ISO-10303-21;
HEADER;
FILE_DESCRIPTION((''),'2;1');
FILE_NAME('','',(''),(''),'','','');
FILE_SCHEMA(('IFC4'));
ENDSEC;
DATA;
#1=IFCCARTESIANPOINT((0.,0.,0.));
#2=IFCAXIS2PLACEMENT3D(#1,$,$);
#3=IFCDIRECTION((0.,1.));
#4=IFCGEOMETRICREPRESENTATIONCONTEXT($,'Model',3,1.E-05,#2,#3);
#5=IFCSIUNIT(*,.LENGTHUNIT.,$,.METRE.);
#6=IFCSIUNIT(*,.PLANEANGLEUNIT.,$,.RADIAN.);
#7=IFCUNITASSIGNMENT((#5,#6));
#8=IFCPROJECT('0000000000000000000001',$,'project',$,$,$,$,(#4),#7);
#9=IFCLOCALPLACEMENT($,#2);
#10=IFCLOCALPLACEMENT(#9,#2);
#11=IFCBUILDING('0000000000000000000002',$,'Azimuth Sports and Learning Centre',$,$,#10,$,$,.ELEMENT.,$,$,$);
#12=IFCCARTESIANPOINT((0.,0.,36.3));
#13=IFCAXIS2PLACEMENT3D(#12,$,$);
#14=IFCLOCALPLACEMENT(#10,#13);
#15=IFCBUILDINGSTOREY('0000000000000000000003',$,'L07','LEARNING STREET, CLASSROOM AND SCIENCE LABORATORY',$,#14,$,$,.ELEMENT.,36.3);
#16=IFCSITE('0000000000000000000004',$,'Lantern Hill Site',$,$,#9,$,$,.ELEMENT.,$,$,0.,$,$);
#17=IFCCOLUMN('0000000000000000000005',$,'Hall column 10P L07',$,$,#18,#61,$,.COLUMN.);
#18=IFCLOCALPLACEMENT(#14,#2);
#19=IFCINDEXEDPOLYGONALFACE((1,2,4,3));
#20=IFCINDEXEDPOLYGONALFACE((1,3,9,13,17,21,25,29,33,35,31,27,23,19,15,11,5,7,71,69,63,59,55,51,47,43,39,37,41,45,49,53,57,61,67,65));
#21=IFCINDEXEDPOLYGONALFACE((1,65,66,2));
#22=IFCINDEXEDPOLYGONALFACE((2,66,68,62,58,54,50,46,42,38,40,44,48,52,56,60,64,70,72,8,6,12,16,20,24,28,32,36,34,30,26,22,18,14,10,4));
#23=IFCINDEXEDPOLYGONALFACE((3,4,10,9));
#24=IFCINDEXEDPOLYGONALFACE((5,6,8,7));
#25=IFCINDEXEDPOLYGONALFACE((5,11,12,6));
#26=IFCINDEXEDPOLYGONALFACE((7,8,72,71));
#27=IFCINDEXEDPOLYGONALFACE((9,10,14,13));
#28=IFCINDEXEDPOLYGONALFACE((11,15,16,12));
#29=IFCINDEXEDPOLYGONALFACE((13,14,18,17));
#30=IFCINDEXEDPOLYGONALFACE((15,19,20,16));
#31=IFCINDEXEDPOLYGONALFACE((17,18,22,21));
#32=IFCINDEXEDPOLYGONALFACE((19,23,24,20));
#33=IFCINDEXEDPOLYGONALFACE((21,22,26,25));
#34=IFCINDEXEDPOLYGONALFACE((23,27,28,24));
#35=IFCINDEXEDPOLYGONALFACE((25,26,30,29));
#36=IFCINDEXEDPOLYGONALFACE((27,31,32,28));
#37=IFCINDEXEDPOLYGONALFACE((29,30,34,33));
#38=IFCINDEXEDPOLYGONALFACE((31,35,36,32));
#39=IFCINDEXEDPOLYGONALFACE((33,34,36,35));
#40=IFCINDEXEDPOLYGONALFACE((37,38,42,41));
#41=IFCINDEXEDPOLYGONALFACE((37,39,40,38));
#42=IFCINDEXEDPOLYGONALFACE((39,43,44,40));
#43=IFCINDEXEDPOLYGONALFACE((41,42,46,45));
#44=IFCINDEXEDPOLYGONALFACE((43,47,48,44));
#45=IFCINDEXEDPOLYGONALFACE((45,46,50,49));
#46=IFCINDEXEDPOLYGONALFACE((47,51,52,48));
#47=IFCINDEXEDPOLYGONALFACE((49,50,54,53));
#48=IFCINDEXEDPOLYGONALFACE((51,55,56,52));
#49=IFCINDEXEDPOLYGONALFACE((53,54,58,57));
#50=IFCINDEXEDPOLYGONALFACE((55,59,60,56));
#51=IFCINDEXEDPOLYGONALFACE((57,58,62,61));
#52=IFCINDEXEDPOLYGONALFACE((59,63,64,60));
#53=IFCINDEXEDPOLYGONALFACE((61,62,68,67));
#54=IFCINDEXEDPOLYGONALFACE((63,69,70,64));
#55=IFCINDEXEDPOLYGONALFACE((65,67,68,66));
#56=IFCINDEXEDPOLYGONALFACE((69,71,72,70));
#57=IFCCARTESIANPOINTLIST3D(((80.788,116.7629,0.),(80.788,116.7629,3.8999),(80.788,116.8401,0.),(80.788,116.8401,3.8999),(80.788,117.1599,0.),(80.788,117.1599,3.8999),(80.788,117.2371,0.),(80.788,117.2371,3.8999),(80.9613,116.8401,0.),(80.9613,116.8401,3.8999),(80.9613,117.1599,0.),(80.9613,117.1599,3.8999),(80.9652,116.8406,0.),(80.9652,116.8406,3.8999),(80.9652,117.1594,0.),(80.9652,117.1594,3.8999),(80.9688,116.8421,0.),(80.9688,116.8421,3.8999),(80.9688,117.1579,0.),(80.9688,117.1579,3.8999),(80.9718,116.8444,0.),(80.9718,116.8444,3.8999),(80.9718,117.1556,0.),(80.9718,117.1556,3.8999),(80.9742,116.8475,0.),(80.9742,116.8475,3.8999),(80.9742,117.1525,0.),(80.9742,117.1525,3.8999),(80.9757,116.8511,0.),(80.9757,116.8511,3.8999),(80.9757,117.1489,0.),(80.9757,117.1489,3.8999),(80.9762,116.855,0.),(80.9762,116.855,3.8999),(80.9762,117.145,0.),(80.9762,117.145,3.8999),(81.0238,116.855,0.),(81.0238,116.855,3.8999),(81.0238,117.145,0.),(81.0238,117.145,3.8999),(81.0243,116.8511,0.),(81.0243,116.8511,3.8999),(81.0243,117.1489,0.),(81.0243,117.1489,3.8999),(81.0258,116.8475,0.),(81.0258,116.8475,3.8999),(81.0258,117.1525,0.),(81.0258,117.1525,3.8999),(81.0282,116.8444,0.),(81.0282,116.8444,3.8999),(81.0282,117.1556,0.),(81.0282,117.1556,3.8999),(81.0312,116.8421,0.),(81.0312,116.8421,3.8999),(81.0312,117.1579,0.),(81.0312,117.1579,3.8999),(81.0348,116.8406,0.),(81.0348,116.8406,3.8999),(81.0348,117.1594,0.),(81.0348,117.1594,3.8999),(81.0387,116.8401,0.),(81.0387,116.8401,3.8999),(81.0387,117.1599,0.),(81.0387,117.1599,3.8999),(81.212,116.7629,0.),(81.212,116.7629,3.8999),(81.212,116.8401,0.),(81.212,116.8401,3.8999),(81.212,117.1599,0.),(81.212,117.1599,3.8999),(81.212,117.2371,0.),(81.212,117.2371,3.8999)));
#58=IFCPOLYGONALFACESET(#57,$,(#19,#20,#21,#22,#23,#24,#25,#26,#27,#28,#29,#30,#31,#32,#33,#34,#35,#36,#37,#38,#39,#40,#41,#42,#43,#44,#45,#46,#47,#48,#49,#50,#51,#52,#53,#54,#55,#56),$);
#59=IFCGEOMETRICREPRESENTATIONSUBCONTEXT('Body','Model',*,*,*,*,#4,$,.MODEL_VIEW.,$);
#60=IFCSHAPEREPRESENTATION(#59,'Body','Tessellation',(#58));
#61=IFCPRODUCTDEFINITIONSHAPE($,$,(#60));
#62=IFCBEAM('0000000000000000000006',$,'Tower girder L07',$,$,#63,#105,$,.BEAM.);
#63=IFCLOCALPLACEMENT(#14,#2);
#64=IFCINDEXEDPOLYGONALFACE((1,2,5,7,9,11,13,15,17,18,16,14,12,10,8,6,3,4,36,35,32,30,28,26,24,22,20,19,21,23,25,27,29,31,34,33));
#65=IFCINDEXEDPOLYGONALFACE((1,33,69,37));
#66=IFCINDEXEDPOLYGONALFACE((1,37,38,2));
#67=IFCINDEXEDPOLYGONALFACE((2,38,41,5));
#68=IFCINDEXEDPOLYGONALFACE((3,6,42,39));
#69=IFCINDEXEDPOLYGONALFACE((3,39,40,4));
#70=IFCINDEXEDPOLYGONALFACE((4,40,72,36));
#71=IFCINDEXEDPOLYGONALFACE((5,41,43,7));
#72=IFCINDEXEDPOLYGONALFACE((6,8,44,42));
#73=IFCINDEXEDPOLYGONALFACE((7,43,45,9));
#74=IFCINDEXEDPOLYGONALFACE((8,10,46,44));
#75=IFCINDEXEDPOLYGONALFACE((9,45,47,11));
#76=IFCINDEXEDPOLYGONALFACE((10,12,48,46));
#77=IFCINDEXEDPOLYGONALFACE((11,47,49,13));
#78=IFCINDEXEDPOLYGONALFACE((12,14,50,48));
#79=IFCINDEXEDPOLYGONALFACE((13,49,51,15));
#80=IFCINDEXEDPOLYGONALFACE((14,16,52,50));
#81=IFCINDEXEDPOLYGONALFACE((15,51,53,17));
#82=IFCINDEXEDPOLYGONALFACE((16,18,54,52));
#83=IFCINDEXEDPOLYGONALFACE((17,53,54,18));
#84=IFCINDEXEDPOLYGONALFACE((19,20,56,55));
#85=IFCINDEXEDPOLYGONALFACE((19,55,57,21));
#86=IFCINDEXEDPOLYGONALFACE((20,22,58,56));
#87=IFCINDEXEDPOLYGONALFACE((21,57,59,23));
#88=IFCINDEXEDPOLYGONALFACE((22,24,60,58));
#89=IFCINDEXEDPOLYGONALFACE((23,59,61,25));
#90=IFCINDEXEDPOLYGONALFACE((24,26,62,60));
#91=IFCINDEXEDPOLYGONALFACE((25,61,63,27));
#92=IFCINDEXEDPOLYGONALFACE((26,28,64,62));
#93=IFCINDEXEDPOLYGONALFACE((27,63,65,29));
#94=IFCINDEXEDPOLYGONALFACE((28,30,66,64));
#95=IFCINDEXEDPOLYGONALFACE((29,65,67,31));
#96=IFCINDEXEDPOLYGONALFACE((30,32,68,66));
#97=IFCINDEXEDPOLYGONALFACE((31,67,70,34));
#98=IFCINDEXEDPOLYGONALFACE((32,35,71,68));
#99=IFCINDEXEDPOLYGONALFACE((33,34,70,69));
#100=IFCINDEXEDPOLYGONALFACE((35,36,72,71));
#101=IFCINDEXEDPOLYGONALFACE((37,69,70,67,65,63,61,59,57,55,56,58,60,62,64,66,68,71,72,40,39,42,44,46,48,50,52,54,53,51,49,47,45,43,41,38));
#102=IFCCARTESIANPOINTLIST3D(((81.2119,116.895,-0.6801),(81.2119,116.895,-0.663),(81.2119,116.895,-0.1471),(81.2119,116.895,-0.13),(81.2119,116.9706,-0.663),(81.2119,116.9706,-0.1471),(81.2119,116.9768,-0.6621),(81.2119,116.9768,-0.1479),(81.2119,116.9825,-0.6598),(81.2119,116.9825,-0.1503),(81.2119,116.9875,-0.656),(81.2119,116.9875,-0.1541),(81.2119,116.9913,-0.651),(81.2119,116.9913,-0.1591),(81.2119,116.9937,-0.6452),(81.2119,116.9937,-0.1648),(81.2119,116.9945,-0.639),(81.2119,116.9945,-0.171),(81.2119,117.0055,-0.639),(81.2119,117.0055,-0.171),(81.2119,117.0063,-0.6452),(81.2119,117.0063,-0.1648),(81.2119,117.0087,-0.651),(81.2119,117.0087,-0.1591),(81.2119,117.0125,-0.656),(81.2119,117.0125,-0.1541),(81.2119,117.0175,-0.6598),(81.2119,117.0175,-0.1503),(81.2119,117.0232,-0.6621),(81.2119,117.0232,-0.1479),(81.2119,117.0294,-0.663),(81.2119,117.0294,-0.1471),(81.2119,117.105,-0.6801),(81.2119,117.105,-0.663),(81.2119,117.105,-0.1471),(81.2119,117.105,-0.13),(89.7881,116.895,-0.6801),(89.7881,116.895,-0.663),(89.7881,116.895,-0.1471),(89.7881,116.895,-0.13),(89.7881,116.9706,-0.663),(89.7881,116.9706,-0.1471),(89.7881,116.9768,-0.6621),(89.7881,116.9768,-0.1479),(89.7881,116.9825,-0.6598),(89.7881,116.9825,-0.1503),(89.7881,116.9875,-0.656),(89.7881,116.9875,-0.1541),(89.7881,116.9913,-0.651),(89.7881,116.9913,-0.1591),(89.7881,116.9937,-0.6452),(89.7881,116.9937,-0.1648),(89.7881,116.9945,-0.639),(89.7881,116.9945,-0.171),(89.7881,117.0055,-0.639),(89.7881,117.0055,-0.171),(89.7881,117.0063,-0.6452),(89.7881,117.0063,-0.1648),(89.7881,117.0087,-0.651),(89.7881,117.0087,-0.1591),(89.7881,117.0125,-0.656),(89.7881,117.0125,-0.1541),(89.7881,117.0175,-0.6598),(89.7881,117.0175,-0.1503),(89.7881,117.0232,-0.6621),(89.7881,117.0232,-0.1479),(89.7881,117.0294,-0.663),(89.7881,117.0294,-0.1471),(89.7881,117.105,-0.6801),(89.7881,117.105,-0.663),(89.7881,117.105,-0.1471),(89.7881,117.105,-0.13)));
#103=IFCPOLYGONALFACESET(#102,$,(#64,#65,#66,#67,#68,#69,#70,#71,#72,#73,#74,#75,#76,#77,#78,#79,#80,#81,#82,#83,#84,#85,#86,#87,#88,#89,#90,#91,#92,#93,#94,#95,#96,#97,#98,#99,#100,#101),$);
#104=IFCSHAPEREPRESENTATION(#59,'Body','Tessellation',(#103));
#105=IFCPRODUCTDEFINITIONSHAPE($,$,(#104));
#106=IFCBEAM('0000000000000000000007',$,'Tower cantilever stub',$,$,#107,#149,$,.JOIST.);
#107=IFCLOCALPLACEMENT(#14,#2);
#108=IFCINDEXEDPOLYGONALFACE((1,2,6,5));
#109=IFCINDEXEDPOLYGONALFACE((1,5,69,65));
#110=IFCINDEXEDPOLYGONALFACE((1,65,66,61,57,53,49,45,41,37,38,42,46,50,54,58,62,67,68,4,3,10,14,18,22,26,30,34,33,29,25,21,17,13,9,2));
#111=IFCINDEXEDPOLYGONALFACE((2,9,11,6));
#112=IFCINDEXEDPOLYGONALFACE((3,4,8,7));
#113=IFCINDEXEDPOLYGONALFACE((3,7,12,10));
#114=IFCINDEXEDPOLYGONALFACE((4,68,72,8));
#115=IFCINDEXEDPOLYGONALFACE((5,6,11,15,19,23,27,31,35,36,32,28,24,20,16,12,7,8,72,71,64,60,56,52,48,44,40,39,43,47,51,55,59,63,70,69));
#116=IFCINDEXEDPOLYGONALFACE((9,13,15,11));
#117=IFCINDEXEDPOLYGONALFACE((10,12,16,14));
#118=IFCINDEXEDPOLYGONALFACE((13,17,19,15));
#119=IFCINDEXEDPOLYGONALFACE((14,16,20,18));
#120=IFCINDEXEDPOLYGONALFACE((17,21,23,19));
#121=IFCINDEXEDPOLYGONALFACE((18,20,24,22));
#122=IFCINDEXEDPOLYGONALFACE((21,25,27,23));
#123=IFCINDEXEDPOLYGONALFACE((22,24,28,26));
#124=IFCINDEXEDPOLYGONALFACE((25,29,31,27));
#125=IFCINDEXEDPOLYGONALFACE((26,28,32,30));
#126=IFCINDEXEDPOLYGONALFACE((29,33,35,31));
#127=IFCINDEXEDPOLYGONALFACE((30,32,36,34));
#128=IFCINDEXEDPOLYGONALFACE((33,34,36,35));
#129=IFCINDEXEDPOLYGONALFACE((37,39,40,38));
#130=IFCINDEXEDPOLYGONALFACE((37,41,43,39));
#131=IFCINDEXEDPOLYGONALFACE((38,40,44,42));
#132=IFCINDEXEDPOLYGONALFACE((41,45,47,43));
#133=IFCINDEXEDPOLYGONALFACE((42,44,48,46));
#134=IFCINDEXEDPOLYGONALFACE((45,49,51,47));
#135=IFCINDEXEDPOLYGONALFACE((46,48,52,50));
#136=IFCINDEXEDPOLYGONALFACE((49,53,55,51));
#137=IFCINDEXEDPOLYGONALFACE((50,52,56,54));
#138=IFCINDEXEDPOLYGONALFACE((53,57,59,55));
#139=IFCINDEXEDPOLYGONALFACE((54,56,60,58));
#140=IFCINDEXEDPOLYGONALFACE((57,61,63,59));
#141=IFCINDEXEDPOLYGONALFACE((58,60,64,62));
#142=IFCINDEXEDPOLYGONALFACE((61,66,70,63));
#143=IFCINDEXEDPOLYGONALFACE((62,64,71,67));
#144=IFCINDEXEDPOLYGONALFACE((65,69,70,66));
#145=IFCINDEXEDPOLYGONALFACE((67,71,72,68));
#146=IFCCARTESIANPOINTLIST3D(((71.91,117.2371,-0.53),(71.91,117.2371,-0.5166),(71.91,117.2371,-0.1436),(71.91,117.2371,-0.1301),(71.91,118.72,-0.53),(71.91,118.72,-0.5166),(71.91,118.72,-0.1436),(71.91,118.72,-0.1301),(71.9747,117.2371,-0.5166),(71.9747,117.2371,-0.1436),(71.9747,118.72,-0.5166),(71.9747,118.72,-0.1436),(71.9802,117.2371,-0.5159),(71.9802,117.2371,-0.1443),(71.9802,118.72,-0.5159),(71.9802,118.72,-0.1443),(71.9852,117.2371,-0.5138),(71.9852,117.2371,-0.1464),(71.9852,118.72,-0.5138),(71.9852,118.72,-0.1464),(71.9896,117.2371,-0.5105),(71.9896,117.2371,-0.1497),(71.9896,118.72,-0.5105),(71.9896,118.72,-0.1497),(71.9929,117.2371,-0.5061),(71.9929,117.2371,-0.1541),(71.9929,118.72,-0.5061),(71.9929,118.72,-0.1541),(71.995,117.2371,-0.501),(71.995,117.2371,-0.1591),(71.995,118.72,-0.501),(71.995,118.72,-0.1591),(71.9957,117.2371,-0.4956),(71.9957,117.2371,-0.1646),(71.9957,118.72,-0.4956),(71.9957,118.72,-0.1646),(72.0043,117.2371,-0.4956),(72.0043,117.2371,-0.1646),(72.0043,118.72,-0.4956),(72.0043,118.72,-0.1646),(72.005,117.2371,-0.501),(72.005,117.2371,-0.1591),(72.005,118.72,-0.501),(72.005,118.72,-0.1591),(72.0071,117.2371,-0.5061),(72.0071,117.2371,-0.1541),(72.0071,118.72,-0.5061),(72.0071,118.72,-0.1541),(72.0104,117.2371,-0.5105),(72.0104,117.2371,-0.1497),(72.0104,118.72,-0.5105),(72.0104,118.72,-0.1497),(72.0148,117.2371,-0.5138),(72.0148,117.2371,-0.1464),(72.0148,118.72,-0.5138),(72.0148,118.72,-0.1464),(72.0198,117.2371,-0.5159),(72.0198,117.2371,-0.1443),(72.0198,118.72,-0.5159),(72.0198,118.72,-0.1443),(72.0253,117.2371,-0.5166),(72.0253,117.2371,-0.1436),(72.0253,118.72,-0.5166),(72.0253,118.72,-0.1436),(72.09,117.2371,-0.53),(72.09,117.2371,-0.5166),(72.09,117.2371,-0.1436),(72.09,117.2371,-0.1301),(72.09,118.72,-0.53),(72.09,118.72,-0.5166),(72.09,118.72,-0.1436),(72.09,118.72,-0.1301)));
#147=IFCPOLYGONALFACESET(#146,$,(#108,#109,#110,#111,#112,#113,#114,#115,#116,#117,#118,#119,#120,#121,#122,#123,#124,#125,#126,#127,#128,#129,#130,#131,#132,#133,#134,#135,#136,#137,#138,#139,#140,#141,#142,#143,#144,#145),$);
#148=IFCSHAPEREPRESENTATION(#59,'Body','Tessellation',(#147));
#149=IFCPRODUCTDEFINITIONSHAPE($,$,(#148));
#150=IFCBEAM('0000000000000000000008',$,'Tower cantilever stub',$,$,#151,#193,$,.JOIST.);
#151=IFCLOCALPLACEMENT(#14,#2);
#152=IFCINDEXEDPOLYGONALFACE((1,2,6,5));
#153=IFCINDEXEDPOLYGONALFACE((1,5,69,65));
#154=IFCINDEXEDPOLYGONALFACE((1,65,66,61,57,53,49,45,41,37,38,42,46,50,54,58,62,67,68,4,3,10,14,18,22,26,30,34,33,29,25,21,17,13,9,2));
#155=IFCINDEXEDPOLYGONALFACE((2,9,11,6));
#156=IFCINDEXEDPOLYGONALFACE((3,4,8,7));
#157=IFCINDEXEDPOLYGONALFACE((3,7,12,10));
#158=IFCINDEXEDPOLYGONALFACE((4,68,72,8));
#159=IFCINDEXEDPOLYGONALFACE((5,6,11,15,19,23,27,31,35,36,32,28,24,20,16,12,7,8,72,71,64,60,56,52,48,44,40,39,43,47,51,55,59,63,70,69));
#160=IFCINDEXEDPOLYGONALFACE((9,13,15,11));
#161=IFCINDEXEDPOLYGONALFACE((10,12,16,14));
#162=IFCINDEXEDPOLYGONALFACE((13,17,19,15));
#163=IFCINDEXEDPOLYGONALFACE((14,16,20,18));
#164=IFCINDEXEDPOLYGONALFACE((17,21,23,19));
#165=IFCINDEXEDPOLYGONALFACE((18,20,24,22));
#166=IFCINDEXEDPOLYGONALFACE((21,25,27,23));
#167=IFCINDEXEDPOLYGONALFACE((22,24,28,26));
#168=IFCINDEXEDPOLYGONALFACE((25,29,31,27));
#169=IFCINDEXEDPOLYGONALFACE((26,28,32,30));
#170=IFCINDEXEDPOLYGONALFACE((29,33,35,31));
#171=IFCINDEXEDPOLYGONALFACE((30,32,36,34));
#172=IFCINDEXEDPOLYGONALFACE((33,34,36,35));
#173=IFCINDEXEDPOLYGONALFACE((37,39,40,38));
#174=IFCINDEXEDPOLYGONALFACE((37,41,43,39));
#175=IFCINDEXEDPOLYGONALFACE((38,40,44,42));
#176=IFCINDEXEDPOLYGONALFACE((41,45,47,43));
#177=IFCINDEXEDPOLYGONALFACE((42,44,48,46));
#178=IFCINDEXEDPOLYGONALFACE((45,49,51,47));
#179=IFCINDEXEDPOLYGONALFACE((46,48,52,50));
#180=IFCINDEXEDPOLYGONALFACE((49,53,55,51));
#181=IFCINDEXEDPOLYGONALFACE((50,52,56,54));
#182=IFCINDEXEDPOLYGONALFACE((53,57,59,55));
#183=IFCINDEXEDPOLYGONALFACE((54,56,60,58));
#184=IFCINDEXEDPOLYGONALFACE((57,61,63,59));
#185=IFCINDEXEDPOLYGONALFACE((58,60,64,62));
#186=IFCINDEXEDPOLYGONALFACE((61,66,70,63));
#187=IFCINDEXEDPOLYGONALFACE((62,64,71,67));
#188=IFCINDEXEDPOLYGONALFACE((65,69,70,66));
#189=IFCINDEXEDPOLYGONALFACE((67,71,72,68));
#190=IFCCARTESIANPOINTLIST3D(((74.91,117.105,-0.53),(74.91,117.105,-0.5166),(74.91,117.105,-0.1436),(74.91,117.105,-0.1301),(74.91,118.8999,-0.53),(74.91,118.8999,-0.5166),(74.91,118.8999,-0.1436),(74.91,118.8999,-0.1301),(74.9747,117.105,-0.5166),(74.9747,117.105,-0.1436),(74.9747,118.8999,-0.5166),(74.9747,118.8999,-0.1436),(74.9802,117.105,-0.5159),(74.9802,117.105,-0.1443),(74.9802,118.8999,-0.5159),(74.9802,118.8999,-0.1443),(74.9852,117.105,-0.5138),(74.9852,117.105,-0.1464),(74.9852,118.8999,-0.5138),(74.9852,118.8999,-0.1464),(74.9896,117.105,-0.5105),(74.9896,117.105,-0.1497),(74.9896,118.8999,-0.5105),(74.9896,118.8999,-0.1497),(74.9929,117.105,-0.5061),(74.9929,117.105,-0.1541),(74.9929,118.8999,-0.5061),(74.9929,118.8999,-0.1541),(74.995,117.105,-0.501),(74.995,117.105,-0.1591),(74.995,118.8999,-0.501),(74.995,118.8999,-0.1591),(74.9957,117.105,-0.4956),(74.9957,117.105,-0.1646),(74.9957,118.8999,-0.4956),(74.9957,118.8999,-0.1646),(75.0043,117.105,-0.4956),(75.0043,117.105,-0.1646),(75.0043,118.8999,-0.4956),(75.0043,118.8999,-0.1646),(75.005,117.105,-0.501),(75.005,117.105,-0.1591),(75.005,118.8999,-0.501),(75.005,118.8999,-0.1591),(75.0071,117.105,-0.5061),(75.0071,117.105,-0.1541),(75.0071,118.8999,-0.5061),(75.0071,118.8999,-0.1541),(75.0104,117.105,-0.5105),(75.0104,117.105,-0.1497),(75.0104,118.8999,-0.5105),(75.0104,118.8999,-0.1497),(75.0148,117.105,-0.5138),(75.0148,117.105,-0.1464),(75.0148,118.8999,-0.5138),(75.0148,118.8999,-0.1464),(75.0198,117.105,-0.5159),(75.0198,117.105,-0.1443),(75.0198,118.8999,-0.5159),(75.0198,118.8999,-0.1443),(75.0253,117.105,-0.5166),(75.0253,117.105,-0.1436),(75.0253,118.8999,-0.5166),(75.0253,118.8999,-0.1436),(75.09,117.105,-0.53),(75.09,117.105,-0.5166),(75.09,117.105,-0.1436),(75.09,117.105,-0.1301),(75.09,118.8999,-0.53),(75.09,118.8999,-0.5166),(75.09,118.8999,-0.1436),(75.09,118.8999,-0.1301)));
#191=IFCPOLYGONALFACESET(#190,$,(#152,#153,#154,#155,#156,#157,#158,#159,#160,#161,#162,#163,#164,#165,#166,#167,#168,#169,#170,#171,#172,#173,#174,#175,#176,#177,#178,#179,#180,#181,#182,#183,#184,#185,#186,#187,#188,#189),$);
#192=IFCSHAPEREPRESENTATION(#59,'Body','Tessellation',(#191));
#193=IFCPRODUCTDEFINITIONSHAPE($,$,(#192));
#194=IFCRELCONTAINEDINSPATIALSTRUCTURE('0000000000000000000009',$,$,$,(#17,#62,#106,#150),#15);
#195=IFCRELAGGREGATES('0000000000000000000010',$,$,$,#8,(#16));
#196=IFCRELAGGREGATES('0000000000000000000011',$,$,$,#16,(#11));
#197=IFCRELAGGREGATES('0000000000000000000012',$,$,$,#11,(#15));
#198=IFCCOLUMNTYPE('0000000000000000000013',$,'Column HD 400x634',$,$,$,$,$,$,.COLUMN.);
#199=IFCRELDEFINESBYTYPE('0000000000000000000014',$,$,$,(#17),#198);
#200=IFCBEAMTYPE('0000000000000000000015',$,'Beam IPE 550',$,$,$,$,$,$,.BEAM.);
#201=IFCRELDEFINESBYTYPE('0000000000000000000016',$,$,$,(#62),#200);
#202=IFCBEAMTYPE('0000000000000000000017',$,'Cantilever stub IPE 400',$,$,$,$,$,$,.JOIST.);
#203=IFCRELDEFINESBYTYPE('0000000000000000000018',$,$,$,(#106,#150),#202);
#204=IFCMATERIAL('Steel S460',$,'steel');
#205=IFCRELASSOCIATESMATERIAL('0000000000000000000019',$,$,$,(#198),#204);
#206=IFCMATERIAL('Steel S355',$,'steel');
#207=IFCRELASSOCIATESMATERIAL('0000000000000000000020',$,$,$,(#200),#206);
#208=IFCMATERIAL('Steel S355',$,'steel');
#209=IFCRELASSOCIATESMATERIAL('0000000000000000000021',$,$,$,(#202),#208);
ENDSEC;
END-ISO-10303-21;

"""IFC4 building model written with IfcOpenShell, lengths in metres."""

from ifc_helpers import new_model, si_unit, direction, frame, origin, origin_2d, place, context, subcontext, project, spatial, i_section, extrude, material, material_profile, profile_set, type_object, element, save


model = new_model("IFC4")

# Units and contexts
model_context = context("Model", 3, precision=1e-05, world=origin(), true_north=direction((0.0, 1.0)))
body_context = subcontext(model_context, "Body", "Model", "MODEL_VIEW")
ifc_project = project(units=[si_unit("LENGTHUNIT", "METRE"), si_unit("PLANEANGLEUNIT", "RADIAN")], contexts=[model_context])

# Site, building, storey
site_placement = place(None, origin())
site = spatial("IfcSite", under=ifc_project, at=site_placement, Name="Lantern Hill Site", CompositionType="ELEMENT", RefElevation=0.0)
building_placement = place(site_placement, origin())
building = spatial("IfcBuilding", under=site, at=building_placement, Name="Azimuth Sports and Learning Centre", CompositionType="ELEMENT")
storey_placement = place(building_placement, frame((0.0, 0.0, 36.3)))
storey = spatial("IfcBuildingStorey", under=building, at=storey_placement, Name="L07", Description="LEARNING STREET, CLASSROOM AND SCIENCE LABORATORY", CompositionType="ELEMENT", Elevation=36.3)

# Column
ifc_material_1 = material(Name="Steel S460", Category="steel")
ifc_material_profile_1 = material_profile(ifc_material_1, i_section(OverallWidth=0.4241, OverallDepth=0.4741, WebThickness=0.0476, FlangeThickness=0.0771, FilletRadius=0.0149, at=origin_2d()), Name="HD 400x634")
ifc_profile_set_1 = profile_set([ifc_material_profile_1], Name="Steel S460")
column_type = type_object("IfcColumnType", Name="Column HD 400x634", PredefinedType="COLUMN", material=ifc_profile_set_1)
column_placement = place(storey_placement, frame((81.0, 117.0, 0.0), z_axis=(0.0, 0.0, 1.0), x_axis=(1.0, 0.0, 0.0)))
element("IfcColumn", 1, at=column_placement, inside=storey, type_object=column_type, Name="Hall column 10P L07", PredefinedType="COLUMN", context=body_context, shape_type="SweptSolid", body=[
    extrude(i_section(OverallWidth=0.4241, OverallDepth=0.4741, WebThickness=0.0476, FlangeThickness=0.0771, FilletRadius=0.0149, at=origin_2d()), origin(), (0.0, 0.0, 1.0), 3.8999),
])

# Beams
ifc_material_2 = material(Name="Steel S355", Category="steel")
ifc_material_profile_2 = material_profile(ifc_material_2, i_section(OverallWidth=0.21, OverallDepth=0.55, WebThickness=0.011, FlangeThickness=0.0171, FilletRadius=0.0239, at=origin_2d()), Name="IPE 550")
ifc_profile_set_2 = profile_set([ifc_material_profile_2], Name="Steel S355")
beam_type_1 = type_object("IfcBeamType", Name="Beam IPE 550", PredefinedType="BEAM", material=ifc_profile_set_2)
beam_1_placement = place(storey_placement, frame((81.2119, 117.0, -0.405), z_axis=(1.0, 0.0, 0.0), x_axis=(0.0, 1.0, 0.0)))
element("IfcBeam", 2, at=beam_1_placement, inside=storey, type_object=beam_type_1, Name="Tower girder L07", PredefinedType="BEAM", context=body_context, shape_type="SweptSolid", body=[
    extrude(i_section(OverallWidth=0.21, OverallDepth=0.55, WebThickness=0.011, FlangeThickness=0.0171, FilletRadius=0.0239, at=origin_2d()), origin(), (0.0, 0.0, 1.0), 8.5762),
])
ifc_material_3 = material(Name="Steel S355", Category="steel")
ifc_material_profile_3 = material_profile(ifc_material_3, i_section(OverallWidth=0.1799, OverallDepth=0.3999, WebThickness=0.0085, FlangeThickness=0.0134, FilletRadius=0.021, at=origin_2d()), Name="IPE 400")
ifc_profile_set_3 = profile_set([ifc_material_profile_3], Name="Steel S355")
beam_type_2 = type_object("IfcBeamType", Name="Cantilever stub IPE 400", PredefinedType="JOIST", material=ifc_profile_set_3)
beam_2_placement = place(storey_placement, frame((72.0, 117.2371, -0.3301), z_axis=(0.0, 1.0, 0.0), x_axis=(-1.0, 0.0, 0.0)))
element("IfcBeam", 3, at=beam_2_placement, inside=storey, type_object=beam_type_2, Name="Tower cantilever stub", PredefinedType="JOIST", context=body_context, shape_type="SweptSolid", body=[
    extrude(i_section(OverallWidth=0.1799, OverallDepth=0.3999, WebThickness=0.0085, FlangeThickness=0.0134, FilletRadius=0.021, at=origin_2d()), origin(), (0.0, 0.0, 1.0), 1.4829),
])
beam_3_placement = place(storey_placement, frame((75.0, 117.105, -0.3301), z_axis=(0.0, 1.0, 0.0), x_axis=(-1.0, 0.0, 0.0)))
element("IfcBeam", 4, at=beam_3_placement, inside=storey, type_object=beam_type_2, Name="Tower cantilever stub", PredefinedType="JOIST", context=body_context, shape_type="SweptSolid", body=[
    extrude(i_section(OverallWidth=0.1799, OverallDepth=0.3999, WebThickness=0.0085, FlangeThickness=0.0134, FilletRadius=0.021, at=origin_2d()), origin(), (0.0, 0.0, 1.0), 1.7949),
])

save(model, "model.ifc")
